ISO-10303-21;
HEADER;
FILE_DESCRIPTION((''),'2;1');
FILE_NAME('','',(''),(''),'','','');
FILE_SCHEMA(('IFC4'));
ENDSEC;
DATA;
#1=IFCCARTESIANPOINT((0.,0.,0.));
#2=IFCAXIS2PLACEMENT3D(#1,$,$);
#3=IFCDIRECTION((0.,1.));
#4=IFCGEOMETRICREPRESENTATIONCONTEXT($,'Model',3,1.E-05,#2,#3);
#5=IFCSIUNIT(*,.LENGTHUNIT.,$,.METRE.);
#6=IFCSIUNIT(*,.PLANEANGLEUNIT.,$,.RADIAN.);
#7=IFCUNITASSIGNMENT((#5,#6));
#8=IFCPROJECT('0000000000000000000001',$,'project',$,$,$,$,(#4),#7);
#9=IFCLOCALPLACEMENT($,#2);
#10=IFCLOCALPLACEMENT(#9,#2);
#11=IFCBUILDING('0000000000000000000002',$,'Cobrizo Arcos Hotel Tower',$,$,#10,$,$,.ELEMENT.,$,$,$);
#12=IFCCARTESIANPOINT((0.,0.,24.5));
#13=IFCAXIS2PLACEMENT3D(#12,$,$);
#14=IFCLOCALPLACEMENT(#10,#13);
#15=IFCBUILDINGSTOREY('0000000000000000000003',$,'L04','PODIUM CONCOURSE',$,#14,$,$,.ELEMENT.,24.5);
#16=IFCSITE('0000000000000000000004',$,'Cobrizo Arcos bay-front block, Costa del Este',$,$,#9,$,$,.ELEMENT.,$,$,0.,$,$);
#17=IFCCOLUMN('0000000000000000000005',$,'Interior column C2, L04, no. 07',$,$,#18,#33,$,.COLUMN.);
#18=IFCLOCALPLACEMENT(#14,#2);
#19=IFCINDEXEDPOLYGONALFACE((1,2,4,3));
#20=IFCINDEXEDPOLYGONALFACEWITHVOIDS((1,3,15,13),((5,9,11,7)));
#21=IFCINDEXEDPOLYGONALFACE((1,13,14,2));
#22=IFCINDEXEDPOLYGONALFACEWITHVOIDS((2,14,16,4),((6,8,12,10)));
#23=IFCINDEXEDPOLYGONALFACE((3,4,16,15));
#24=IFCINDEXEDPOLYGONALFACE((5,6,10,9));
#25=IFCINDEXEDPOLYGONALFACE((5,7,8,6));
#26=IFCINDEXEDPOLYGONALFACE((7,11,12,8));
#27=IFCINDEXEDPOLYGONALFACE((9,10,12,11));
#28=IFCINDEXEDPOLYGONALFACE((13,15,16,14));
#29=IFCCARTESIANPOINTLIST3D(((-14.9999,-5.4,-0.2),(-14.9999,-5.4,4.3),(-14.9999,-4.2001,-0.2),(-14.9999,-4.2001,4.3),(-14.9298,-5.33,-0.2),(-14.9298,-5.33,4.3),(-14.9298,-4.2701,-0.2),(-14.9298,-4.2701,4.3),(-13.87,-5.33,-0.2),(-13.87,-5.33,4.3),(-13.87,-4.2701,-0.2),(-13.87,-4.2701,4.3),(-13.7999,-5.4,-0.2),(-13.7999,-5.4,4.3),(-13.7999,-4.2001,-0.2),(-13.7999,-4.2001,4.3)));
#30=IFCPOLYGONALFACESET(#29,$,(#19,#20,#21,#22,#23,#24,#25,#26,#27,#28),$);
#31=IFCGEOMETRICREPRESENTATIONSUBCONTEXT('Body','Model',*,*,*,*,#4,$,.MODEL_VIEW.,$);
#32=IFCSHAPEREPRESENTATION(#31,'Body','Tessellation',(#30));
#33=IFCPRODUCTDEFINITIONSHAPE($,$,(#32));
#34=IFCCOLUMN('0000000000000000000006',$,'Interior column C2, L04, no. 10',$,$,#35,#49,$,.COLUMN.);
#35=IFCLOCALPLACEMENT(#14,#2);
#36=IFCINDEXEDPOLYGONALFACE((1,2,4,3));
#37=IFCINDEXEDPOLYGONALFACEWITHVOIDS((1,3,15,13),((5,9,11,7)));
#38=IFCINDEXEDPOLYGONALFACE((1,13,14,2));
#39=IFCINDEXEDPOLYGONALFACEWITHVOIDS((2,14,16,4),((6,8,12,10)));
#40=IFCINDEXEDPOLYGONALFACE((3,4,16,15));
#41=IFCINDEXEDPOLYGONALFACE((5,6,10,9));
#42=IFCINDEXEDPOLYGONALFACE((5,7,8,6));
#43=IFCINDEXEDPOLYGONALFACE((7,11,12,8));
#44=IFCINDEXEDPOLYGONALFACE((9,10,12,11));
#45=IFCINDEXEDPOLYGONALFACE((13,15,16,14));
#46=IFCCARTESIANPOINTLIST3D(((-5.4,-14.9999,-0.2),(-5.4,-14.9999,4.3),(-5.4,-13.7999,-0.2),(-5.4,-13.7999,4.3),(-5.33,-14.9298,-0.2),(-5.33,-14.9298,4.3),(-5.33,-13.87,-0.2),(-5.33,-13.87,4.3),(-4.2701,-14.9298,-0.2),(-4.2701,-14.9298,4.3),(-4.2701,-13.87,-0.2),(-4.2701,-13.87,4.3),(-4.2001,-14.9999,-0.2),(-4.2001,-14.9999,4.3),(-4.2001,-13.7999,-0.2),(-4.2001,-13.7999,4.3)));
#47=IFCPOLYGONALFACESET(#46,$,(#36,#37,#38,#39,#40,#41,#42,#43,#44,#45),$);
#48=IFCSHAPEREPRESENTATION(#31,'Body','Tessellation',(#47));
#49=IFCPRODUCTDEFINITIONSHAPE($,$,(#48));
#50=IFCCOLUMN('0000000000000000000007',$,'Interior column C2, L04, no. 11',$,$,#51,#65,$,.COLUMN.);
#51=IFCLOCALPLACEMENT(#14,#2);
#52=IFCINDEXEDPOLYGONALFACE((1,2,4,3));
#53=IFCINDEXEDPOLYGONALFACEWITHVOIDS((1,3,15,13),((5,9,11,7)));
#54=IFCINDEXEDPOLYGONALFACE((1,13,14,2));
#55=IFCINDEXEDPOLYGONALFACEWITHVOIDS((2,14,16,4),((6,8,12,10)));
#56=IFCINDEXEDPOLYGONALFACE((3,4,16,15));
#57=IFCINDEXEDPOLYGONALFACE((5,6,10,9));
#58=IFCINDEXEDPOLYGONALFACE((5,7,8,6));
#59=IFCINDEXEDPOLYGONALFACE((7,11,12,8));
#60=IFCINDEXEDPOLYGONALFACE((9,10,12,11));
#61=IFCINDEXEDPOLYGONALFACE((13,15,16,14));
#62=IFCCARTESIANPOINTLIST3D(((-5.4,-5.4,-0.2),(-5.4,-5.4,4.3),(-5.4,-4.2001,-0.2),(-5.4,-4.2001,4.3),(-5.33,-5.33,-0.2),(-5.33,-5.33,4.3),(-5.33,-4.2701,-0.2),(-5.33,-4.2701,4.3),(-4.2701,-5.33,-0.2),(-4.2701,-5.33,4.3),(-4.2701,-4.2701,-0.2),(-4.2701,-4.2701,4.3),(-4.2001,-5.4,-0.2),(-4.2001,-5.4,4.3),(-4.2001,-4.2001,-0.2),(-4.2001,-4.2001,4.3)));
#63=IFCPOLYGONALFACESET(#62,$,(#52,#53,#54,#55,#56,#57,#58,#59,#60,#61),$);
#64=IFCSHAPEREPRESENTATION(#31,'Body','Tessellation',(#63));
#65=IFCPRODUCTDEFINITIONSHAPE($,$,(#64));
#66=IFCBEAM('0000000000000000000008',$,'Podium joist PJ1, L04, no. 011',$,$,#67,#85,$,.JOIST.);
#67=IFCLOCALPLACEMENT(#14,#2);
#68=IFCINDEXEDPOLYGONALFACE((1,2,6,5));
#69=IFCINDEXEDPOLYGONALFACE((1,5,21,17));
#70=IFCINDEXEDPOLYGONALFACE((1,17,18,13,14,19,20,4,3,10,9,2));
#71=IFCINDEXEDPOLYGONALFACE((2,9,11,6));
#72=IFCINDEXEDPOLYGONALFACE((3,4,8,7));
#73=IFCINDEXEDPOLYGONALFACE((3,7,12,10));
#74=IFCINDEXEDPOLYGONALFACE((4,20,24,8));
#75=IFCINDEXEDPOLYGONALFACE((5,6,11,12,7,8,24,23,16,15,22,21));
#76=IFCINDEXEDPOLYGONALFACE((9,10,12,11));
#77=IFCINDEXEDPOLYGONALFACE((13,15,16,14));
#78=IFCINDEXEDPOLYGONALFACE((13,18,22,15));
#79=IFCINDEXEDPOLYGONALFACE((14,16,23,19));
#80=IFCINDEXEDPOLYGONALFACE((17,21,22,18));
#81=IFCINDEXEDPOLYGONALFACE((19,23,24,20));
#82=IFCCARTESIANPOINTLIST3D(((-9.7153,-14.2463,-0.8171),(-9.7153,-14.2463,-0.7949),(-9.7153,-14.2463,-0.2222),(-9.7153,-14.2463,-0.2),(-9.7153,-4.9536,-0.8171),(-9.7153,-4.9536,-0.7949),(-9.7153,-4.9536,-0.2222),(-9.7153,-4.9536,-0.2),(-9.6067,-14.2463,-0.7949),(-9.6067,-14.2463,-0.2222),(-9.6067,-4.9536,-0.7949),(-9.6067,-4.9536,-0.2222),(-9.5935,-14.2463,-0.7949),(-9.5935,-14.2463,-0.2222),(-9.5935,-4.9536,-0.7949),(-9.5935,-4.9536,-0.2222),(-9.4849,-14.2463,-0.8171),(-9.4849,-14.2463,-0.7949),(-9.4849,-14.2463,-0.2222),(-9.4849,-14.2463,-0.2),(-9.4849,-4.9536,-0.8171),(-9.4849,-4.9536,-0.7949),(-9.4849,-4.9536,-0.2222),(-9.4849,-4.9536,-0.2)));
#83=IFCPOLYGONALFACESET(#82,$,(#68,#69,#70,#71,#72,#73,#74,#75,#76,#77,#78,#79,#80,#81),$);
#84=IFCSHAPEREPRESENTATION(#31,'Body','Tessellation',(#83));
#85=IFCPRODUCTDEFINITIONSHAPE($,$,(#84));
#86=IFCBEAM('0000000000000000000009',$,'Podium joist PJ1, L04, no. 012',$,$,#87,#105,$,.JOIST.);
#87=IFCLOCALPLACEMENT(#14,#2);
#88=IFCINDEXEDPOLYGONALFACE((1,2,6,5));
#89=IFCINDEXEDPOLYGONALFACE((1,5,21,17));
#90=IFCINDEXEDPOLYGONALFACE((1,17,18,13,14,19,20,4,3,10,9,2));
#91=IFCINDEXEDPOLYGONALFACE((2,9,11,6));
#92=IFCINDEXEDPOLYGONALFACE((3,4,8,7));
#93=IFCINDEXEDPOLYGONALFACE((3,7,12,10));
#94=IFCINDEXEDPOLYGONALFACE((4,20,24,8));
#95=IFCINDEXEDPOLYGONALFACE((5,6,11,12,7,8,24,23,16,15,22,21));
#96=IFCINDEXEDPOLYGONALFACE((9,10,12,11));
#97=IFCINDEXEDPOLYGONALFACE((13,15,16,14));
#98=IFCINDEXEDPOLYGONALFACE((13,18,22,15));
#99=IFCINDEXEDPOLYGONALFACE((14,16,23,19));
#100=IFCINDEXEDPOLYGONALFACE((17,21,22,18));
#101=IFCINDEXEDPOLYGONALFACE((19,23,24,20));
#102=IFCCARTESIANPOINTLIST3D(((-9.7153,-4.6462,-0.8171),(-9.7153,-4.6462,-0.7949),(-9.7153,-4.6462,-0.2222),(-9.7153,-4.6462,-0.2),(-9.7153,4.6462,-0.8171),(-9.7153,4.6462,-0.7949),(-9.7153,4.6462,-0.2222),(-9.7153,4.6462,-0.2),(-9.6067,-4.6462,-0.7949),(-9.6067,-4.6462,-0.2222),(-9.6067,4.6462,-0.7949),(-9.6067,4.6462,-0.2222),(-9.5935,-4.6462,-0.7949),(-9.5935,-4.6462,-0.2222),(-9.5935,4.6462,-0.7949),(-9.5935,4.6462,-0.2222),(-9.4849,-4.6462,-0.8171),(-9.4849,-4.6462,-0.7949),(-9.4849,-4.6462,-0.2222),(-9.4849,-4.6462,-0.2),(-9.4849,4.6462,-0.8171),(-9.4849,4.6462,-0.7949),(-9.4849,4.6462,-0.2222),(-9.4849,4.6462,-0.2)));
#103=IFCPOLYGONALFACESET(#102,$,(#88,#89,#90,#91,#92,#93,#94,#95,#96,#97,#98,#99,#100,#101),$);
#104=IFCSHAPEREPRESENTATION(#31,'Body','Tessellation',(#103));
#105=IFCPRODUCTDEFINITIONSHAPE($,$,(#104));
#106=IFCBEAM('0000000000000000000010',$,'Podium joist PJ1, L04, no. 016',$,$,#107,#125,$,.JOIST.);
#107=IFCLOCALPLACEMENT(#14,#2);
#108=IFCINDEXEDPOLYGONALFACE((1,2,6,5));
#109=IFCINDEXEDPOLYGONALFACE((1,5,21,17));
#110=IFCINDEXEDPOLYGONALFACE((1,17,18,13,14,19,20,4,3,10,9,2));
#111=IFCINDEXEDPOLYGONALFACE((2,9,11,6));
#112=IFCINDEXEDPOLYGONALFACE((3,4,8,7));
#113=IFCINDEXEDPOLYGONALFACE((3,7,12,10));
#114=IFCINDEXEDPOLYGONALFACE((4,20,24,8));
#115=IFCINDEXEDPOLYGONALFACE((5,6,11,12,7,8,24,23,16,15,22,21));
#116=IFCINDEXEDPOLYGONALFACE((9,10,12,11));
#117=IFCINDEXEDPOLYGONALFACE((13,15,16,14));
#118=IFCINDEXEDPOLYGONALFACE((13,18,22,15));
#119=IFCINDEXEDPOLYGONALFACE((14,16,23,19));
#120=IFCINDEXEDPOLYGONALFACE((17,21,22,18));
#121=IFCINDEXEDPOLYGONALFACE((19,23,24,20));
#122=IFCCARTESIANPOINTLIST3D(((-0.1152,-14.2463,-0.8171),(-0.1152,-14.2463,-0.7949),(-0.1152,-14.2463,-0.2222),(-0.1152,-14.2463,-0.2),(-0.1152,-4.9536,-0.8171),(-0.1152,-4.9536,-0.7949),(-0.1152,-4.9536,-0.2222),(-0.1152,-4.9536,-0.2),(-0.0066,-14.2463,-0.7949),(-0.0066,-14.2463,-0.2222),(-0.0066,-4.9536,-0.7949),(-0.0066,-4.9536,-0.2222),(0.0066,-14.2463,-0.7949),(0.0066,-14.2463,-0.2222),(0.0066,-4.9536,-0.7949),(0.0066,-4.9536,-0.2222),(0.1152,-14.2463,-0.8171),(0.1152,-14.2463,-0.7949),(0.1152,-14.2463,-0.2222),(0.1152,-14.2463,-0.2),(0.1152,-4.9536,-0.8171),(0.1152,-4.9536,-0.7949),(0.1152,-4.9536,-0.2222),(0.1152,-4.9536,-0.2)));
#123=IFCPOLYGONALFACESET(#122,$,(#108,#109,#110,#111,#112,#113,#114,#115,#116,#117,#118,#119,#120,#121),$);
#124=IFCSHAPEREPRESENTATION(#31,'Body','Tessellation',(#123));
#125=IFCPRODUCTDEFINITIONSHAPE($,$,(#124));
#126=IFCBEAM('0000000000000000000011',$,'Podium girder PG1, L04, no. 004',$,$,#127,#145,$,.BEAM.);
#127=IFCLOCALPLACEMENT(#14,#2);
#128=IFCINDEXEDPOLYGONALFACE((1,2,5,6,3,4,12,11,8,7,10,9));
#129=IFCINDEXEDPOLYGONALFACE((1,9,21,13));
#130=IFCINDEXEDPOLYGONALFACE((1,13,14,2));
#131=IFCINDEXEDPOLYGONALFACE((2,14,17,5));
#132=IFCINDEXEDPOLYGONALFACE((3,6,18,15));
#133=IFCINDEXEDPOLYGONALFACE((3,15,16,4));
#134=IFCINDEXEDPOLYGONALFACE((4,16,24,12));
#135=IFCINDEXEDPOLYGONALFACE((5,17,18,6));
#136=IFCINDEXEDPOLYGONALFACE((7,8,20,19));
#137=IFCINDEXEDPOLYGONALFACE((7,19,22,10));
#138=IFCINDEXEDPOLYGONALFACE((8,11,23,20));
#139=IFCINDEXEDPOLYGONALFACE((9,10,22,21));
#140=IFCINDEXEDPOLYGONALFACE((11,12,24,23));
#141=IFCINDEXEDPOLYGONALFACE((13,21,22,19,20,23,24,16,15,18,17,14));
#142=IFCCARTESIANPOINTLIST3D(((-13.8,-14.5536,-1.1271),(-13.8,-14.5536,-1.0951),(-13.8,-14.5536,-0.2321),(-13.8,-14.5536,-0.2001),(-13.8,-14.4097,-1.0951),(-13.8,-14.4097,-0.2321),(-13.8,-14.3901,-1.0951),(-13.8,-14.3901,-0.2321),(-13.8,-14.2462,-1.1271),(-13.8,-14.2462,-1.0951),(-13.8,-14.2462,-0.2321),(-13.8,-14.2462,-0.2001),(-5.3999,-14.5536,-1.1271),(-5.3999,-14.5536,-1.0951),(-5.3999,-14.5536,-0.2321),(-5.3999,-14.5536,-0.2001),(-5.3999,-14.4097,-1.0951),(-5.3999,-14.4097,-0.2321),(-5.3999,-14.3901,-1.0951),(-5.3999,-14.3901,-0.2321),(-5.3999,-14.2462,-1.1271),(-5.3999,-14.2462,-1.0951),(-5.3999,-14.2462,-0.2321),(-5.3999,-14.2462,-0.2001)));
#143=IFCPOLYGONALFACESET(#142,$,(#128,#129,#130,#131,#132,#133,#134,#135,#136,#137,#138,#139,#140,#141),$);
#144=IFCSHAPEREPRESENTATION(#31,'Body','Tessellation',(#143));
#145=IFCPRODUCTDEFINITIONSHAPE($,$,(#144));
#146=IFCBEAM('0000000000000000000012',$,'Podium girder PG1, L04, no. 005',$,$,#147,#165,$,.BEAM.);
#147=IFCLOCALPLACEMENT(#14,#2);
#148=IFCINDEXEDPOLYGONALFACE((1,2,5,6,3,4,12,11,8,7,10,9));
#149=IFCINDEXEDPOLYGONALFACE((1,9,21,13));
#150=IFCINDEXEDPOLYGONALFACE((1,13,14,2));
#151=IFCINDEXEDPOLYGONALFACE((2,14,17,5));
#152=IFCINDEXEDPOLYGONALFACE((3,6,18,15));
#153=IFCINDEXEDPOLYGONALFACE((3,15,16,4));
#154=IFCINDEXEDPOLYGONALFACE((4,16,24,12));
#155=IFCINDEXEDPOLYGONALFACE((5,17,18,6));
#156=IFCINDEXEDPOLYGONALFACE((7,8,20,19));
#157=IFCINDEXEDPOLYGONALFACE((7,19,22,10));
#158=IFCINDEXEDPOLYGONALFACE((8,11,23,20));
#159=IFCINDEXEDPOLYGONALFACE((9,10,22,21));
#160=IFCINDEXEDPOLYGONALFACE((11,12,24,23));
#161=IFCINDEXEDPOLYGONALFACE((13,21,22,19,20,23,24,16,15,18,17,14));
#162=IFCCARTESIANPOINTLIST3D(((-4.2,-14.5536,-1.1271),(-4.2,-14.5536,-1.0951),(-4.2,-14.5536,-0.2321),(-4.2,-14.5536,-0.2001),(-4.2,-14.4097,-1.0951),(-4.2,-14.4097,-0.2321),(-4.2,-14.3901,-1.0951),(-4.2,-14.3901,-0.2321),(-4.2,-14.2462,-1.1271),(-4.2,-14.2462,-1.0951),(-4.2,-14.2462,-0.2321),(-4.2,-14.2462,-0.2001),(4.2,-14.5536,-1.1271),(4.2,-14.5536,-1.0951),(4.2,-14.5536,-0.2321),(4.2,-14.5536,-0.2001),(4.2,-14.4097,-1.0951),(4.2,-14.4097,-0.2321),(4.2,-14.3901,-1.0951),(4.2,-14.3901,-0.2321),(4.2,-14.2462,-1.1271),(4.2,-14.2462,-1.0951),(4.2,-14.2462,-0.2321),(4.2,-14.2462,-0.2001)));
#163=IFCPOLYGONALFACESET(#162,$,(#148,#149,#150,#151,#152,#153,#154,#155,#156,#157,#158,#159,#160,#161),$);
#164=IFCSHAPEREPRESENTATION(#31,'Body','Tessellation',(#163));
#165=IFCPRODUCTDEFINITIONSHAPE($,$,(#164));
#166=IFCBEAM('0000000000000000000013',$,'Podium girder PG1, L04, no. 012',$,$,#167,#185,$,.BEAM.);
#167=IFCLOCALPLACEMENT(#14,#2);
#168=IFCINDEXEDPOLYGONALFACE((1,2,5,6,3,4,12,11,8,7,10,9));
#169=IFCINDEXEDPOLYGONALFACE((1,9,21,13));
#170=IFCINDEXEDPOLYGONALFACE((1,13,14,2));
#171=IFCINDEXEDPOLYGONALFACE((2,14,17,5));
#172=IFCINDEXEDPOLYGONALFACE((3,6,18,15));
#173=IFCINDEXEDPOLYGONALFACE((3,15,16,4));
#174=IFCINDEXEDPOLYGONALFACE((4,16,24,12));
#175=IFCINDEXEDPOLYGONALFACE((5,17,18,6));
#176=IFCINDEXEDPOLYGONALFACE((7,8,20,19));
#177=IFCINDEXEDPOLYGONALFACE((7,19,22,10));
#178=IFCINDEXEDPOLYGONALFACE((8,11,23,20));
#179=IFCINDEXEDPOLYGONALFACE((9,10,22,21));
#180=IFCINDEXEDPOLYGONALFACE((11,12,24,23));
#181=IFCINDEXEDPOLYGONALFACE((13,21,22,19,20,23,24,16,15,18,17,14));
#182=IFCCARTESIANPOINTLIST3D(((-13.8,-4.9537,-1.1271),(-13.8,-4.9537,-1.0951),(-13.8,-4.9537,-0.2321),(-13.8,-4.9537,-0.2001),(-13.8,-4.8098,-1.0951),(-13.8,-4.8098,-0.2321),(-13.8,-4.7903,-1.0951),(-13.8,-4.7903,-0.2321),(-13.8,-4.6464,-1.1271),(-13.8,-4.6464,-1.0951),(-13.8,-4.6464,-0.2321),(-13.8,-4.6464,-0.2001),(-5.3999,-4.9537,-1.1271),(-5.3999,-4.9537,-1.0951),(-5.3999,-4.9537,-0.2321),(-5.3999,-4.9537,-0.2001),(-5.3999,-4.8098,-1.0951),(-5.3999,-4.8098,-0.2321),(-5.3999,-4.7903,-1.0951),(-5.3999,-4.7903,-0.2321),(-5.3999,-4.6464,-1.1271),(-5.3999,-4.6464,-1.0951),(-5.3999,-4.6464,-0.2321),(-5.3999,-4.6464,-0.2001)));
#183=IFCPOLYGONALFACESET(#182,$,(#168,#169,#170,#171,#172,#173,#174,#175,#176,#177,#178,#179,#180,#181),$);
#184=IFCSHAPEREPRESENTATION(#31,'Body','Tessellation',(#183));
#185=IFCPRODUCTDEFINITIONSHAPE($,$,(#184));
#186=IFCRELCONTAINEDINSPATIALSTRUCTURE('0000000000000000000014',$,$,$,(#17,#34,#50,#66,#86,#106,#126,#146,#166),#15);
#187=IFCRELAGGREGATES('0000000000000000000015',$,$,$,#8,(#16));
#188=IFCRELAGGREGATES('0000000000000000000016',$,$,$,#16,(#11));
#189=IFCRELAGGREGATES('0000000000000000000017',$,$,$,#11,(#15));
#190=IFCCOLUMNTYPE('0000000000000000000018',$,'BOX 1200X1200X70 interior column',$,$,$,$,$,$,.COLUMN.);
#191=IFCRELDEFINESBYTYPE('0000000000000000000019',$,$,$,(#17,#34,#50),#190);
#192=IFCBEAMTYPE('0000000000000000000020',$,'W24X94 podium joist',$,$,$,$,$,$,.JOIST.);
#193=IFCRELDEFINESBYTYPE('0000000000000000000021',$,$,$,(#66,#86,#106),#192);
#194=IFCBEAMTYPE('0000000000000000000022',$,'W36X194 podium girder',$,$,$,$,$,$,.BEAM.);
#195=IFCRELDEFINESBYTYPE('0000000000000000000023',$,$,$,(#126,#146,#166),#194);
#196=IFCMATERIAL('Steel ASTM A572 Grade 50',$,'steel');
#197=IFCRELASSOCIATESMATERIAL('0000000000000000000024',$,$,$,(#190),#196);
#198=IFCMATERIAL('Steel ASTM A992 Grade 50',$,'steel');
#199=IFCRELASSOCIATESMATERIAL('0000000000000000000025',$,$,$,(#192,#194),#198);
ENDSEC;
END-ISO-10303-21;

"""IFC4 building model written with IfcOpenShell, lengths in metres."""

from ifc_helpers import new_model, si_unit, direction, frame, origin, origin_2d, place, context, subcontext, project, spatial, hollow_rectangle, i_section, extrude, material, material_profile, profile_set, type_object, element, save


model = new_model("IFC4")

# Units and contexts
model_context = context("Model", 3, precision=1e-05, world=origin(), true_north=direction((0.0, 1.0)))
body_context = subcontext(model_context, "Body", "Model", "MODEL_VIEW")
ifc_project = project(units=[si_unit("LENGTHUNIT", "METRE"), si_unit("PLANEANGLEUNIT", "RADIAN")], contexts=[model_context])

# Site, building, storey
site_placement = place(None, origin())
site = spatial("IfcSite", under=ifc_project, at=site_placement, Name="Cobrizo Arcos bay-front block, Costa del Este", CompositionType="ELEMENT", RefElevation=0.0)
building_placement = place(site_placement, origin())
building = spatial("IfcBuilding", under=site, at=building_placement, Name="Cobrizo Arcos Hotel Tower", CompositionType="ELEMENT")
storey_placement = place(building_placement, frame((0.0, 0.0, 24.5)))
storey = spatial("IfcBuildingStorey", under=building, at=storey_placement, Name="L04", Description="PODIUM CONCOURSE", CompositionType="ELEMENT", Elevation=24.5)

# Columns
ifc_material_1 = material(Name="Steel ASTM A572 Grade 50", Category="steel")
ifc_material_profile_1 = material_profile(ifc_material_1, hollow_rectangle(XDim=1.2, YDim=1.2, WallThickness=0.0701, at=origin_2d()), Name="BOX 1200X1200X70")
ifc_profile_set_1 = profile_set([ifc_material_profile_1], Name="Steel ASTM A572 Grade 50")
column_type = type_object("IfcColumnType", Name="BOX 1200X1200X70 interior column", PredefinedType="COLUMN", material=ifc_profile_set_1)
for number, where, z_axis, x_axis, name in (
    (1, (-14.3999, -4.8, -0.2), (0.0, 0.0, 1.0), (1.0, 0.0, 0.0), "Interior column C2, L04, no. 07"),
    (2, (-4.8, -14.3999, -0.2), (0.0, 0.0, 1.0), (1.0, 0.0, 0.0), "Interior column C2, L04, no. 10"),
    (3, (-4.8, -4.8, -0.2), (0.0, 0.0, 1.0), (1.0, 0.0, 0.0), "Interior column C2, L04, no. 11"),
):
    element("IfcColumn", number, at=place(storey_placement, frame(where, z_axis=z_axis, x_axis=x_axis)), inside=storey, type_object=column_type, Name=name, PredefinedType="COLUMN", context=body_context, shape_type="SweptSolid", body=[
        extrude(hollow_rectangle(XDim=1.2, YDim=1.2, WallThickness=0.0701, at=origin_2d()), origin(), (0.0, 0.0, 1.0), 4.5),
    ])

# Beams
ifc_material_2 = material(Name="Steel ASTM A992 Grade 50", Category="steel")
ifc_material_profile_2 = material_profile(ifc_material_2, i_section(OverallWidth=0.2305, OverallDepth=0.6172, WebThickness=0.0132, FlangeThickness=0.0222, at=origin_2d()), Name="W24X94")
ifc_profile_set_2 = profile_set([ifc_material_profile_2], Name="Steel ASTM A992 Grade 50")
beam_type_1 = type_object("IfcBeamType", Name="W24X94 podium joist", PredefinedType="JOIST", material=ifc_profile_set_2)
beam_1_placement = place(storey_placement, frame((-9.6001, -14.2463, -0.5085), z_axis=(0.0, 1.0, 0.0), x_axis=(-1.0, 0.0, 0.0)))
element("IfcBeam", 4, at=beam_1_placement, inside=storey, type_object=beam_type_1, Name="Podium joist PJ1, L04, no. 011", PredefinedType="JOIST", context=body_context, shape_type="SweptSolid", body=[
    extrude(i_section(OverallWidth=0.2305, OverallDepth=0.6172, WebThickness=0.0132, FlangeThickness=0.0222, at=origin_2d()), origin(), (0.0, 0.0, 1.0), 9.2927),
])
beam_2_placement = place(storey_placement, frame((-9.6001, -4.6462, -0.5085), z_axis=(0.0, 1.0, 0.0), x_axis=(-1.0, 0.0, 0.0)))
element("IfcBeam", 5, at=beam_2_placement, inside=storey, type_object=beam_type_1, Name="Podium joist PJ1, L04, no. 012", PredefinedType="JOIST", context=body_context, shape_type="SweptSolid", body=[
    extrude(i_section(OverallWidth=0.2305, OverallDepth=0.6172, WebThickness=0.0132, FlangeThickness=0.0222, at=origin_2d()), origin(), (0.0, 0.0, 1.0), 9.2925),
])
beam_3_placement = place(storey_placement, frame((0.0, -14.2463, -0.5085), z_axis=(0.0, 1.0, 0.0), x_axis=(-1.0, 0.0, 0.0)))
element("IfcBeam", 6, at=beam_3_placement, inside=storey, type_object=beam_type_1, Name="Podium joist PJ1, L04, no. 016", PredefinedType="JOIST", context=body_context, shape_type="SweptSolid", body=[
    extrude(i_section(OverallWidth=0.2305, OverallDepth=0.6172, WebThickness=0.0132, FlangeThickness=0.0222, at=origin_2d()), origin(), (0.0, 0.0, 1.0), 9.2927),
])
ifc_material_profile_3 = material_profile(ifc_material_2, i_section(OverallWidth=0.3074, OverallDepth=0.927, WebThickness=0.0195, FlangeThickness=0.032, at=origin_2d()), Name="W36X194")
ifc_profile_set_3 = profile_set([ifc_material_profile_3], Name="Steel ASTM A992 Grade 50")
beam_type_2 = type_object("IfcBeamType", Name="W36X194 podium girder", PredefinedType="BEAM", material=ifc_profile_set_3)
beam_4_placement = place(storey_placement, frame((-13.8, -14.3999, -0.6636), z_axis=(1.0, 0.0, 0.0), x_axis=(0.0, 1.0, 0.0)))
element("IfcBeam", 7, at=beam_4_placement, inside=storey, type_object=beam_type_2, Name="Podium girder PG1, L04, no. 004", PredefinedType="BEAM", context=body_context, shape_type="SweptSolid", body=[
    extrude(i_section(OverallWidth=0.3074, OverallDepth=0.927, WebThickness=0.0195, FlangeThickness=0.032, at=origin_2d()), origin(), (0.0, 0.0, 1.0), 8.4001),
])
beam_5_placement = place(storey_placement, frame((-4.2, -14.3999, -0.6636), z_axis=(1.0, 0.0, 0.0), x_axis=(0.0, 1.0, 0.0)))
element("IfcBeam", 8, at=beam_5_placement, inside=storey, type_object=beam_type_2, Name="Podium girder PG1, L04, no. 005", PredefinedType="BEAM", context=body_context, shape_type="SweptSolid", body=[
    extrude(i_section(OverallWidth=0.3074, OverallDepth=0.927, WebThickness=0.0195, FlangeThickness=0.032, at=origin_2d()), origin(), (0.0, 0.0, 1.0), 8.3999),
])
beam_6_placement = place(storey_placement, frame((-13.8, -4.8, -0.6636), z_axis=(1.0, 0.0, 0.0), x_axis=(0.0, 1.0, 0.0)))
element("IfcBeam", 9, at=beam_6_placement, inside=storey, type_object=beam_type_2, Name="Podium girder PG1, L04, no. 012", PredefinedType="BEAM", context=body_context, shape_type="SweptSolid", body=[
    extrude(i_section(OverallWidth=0.3074, OverallDepth=0.927, WebThickness=0.0195, FlangeThickness=0.032, at=origin_2d()), origin(), (0.0, 0.0, 1.0), 8.4001),
])

save(model, "model.ifc")
